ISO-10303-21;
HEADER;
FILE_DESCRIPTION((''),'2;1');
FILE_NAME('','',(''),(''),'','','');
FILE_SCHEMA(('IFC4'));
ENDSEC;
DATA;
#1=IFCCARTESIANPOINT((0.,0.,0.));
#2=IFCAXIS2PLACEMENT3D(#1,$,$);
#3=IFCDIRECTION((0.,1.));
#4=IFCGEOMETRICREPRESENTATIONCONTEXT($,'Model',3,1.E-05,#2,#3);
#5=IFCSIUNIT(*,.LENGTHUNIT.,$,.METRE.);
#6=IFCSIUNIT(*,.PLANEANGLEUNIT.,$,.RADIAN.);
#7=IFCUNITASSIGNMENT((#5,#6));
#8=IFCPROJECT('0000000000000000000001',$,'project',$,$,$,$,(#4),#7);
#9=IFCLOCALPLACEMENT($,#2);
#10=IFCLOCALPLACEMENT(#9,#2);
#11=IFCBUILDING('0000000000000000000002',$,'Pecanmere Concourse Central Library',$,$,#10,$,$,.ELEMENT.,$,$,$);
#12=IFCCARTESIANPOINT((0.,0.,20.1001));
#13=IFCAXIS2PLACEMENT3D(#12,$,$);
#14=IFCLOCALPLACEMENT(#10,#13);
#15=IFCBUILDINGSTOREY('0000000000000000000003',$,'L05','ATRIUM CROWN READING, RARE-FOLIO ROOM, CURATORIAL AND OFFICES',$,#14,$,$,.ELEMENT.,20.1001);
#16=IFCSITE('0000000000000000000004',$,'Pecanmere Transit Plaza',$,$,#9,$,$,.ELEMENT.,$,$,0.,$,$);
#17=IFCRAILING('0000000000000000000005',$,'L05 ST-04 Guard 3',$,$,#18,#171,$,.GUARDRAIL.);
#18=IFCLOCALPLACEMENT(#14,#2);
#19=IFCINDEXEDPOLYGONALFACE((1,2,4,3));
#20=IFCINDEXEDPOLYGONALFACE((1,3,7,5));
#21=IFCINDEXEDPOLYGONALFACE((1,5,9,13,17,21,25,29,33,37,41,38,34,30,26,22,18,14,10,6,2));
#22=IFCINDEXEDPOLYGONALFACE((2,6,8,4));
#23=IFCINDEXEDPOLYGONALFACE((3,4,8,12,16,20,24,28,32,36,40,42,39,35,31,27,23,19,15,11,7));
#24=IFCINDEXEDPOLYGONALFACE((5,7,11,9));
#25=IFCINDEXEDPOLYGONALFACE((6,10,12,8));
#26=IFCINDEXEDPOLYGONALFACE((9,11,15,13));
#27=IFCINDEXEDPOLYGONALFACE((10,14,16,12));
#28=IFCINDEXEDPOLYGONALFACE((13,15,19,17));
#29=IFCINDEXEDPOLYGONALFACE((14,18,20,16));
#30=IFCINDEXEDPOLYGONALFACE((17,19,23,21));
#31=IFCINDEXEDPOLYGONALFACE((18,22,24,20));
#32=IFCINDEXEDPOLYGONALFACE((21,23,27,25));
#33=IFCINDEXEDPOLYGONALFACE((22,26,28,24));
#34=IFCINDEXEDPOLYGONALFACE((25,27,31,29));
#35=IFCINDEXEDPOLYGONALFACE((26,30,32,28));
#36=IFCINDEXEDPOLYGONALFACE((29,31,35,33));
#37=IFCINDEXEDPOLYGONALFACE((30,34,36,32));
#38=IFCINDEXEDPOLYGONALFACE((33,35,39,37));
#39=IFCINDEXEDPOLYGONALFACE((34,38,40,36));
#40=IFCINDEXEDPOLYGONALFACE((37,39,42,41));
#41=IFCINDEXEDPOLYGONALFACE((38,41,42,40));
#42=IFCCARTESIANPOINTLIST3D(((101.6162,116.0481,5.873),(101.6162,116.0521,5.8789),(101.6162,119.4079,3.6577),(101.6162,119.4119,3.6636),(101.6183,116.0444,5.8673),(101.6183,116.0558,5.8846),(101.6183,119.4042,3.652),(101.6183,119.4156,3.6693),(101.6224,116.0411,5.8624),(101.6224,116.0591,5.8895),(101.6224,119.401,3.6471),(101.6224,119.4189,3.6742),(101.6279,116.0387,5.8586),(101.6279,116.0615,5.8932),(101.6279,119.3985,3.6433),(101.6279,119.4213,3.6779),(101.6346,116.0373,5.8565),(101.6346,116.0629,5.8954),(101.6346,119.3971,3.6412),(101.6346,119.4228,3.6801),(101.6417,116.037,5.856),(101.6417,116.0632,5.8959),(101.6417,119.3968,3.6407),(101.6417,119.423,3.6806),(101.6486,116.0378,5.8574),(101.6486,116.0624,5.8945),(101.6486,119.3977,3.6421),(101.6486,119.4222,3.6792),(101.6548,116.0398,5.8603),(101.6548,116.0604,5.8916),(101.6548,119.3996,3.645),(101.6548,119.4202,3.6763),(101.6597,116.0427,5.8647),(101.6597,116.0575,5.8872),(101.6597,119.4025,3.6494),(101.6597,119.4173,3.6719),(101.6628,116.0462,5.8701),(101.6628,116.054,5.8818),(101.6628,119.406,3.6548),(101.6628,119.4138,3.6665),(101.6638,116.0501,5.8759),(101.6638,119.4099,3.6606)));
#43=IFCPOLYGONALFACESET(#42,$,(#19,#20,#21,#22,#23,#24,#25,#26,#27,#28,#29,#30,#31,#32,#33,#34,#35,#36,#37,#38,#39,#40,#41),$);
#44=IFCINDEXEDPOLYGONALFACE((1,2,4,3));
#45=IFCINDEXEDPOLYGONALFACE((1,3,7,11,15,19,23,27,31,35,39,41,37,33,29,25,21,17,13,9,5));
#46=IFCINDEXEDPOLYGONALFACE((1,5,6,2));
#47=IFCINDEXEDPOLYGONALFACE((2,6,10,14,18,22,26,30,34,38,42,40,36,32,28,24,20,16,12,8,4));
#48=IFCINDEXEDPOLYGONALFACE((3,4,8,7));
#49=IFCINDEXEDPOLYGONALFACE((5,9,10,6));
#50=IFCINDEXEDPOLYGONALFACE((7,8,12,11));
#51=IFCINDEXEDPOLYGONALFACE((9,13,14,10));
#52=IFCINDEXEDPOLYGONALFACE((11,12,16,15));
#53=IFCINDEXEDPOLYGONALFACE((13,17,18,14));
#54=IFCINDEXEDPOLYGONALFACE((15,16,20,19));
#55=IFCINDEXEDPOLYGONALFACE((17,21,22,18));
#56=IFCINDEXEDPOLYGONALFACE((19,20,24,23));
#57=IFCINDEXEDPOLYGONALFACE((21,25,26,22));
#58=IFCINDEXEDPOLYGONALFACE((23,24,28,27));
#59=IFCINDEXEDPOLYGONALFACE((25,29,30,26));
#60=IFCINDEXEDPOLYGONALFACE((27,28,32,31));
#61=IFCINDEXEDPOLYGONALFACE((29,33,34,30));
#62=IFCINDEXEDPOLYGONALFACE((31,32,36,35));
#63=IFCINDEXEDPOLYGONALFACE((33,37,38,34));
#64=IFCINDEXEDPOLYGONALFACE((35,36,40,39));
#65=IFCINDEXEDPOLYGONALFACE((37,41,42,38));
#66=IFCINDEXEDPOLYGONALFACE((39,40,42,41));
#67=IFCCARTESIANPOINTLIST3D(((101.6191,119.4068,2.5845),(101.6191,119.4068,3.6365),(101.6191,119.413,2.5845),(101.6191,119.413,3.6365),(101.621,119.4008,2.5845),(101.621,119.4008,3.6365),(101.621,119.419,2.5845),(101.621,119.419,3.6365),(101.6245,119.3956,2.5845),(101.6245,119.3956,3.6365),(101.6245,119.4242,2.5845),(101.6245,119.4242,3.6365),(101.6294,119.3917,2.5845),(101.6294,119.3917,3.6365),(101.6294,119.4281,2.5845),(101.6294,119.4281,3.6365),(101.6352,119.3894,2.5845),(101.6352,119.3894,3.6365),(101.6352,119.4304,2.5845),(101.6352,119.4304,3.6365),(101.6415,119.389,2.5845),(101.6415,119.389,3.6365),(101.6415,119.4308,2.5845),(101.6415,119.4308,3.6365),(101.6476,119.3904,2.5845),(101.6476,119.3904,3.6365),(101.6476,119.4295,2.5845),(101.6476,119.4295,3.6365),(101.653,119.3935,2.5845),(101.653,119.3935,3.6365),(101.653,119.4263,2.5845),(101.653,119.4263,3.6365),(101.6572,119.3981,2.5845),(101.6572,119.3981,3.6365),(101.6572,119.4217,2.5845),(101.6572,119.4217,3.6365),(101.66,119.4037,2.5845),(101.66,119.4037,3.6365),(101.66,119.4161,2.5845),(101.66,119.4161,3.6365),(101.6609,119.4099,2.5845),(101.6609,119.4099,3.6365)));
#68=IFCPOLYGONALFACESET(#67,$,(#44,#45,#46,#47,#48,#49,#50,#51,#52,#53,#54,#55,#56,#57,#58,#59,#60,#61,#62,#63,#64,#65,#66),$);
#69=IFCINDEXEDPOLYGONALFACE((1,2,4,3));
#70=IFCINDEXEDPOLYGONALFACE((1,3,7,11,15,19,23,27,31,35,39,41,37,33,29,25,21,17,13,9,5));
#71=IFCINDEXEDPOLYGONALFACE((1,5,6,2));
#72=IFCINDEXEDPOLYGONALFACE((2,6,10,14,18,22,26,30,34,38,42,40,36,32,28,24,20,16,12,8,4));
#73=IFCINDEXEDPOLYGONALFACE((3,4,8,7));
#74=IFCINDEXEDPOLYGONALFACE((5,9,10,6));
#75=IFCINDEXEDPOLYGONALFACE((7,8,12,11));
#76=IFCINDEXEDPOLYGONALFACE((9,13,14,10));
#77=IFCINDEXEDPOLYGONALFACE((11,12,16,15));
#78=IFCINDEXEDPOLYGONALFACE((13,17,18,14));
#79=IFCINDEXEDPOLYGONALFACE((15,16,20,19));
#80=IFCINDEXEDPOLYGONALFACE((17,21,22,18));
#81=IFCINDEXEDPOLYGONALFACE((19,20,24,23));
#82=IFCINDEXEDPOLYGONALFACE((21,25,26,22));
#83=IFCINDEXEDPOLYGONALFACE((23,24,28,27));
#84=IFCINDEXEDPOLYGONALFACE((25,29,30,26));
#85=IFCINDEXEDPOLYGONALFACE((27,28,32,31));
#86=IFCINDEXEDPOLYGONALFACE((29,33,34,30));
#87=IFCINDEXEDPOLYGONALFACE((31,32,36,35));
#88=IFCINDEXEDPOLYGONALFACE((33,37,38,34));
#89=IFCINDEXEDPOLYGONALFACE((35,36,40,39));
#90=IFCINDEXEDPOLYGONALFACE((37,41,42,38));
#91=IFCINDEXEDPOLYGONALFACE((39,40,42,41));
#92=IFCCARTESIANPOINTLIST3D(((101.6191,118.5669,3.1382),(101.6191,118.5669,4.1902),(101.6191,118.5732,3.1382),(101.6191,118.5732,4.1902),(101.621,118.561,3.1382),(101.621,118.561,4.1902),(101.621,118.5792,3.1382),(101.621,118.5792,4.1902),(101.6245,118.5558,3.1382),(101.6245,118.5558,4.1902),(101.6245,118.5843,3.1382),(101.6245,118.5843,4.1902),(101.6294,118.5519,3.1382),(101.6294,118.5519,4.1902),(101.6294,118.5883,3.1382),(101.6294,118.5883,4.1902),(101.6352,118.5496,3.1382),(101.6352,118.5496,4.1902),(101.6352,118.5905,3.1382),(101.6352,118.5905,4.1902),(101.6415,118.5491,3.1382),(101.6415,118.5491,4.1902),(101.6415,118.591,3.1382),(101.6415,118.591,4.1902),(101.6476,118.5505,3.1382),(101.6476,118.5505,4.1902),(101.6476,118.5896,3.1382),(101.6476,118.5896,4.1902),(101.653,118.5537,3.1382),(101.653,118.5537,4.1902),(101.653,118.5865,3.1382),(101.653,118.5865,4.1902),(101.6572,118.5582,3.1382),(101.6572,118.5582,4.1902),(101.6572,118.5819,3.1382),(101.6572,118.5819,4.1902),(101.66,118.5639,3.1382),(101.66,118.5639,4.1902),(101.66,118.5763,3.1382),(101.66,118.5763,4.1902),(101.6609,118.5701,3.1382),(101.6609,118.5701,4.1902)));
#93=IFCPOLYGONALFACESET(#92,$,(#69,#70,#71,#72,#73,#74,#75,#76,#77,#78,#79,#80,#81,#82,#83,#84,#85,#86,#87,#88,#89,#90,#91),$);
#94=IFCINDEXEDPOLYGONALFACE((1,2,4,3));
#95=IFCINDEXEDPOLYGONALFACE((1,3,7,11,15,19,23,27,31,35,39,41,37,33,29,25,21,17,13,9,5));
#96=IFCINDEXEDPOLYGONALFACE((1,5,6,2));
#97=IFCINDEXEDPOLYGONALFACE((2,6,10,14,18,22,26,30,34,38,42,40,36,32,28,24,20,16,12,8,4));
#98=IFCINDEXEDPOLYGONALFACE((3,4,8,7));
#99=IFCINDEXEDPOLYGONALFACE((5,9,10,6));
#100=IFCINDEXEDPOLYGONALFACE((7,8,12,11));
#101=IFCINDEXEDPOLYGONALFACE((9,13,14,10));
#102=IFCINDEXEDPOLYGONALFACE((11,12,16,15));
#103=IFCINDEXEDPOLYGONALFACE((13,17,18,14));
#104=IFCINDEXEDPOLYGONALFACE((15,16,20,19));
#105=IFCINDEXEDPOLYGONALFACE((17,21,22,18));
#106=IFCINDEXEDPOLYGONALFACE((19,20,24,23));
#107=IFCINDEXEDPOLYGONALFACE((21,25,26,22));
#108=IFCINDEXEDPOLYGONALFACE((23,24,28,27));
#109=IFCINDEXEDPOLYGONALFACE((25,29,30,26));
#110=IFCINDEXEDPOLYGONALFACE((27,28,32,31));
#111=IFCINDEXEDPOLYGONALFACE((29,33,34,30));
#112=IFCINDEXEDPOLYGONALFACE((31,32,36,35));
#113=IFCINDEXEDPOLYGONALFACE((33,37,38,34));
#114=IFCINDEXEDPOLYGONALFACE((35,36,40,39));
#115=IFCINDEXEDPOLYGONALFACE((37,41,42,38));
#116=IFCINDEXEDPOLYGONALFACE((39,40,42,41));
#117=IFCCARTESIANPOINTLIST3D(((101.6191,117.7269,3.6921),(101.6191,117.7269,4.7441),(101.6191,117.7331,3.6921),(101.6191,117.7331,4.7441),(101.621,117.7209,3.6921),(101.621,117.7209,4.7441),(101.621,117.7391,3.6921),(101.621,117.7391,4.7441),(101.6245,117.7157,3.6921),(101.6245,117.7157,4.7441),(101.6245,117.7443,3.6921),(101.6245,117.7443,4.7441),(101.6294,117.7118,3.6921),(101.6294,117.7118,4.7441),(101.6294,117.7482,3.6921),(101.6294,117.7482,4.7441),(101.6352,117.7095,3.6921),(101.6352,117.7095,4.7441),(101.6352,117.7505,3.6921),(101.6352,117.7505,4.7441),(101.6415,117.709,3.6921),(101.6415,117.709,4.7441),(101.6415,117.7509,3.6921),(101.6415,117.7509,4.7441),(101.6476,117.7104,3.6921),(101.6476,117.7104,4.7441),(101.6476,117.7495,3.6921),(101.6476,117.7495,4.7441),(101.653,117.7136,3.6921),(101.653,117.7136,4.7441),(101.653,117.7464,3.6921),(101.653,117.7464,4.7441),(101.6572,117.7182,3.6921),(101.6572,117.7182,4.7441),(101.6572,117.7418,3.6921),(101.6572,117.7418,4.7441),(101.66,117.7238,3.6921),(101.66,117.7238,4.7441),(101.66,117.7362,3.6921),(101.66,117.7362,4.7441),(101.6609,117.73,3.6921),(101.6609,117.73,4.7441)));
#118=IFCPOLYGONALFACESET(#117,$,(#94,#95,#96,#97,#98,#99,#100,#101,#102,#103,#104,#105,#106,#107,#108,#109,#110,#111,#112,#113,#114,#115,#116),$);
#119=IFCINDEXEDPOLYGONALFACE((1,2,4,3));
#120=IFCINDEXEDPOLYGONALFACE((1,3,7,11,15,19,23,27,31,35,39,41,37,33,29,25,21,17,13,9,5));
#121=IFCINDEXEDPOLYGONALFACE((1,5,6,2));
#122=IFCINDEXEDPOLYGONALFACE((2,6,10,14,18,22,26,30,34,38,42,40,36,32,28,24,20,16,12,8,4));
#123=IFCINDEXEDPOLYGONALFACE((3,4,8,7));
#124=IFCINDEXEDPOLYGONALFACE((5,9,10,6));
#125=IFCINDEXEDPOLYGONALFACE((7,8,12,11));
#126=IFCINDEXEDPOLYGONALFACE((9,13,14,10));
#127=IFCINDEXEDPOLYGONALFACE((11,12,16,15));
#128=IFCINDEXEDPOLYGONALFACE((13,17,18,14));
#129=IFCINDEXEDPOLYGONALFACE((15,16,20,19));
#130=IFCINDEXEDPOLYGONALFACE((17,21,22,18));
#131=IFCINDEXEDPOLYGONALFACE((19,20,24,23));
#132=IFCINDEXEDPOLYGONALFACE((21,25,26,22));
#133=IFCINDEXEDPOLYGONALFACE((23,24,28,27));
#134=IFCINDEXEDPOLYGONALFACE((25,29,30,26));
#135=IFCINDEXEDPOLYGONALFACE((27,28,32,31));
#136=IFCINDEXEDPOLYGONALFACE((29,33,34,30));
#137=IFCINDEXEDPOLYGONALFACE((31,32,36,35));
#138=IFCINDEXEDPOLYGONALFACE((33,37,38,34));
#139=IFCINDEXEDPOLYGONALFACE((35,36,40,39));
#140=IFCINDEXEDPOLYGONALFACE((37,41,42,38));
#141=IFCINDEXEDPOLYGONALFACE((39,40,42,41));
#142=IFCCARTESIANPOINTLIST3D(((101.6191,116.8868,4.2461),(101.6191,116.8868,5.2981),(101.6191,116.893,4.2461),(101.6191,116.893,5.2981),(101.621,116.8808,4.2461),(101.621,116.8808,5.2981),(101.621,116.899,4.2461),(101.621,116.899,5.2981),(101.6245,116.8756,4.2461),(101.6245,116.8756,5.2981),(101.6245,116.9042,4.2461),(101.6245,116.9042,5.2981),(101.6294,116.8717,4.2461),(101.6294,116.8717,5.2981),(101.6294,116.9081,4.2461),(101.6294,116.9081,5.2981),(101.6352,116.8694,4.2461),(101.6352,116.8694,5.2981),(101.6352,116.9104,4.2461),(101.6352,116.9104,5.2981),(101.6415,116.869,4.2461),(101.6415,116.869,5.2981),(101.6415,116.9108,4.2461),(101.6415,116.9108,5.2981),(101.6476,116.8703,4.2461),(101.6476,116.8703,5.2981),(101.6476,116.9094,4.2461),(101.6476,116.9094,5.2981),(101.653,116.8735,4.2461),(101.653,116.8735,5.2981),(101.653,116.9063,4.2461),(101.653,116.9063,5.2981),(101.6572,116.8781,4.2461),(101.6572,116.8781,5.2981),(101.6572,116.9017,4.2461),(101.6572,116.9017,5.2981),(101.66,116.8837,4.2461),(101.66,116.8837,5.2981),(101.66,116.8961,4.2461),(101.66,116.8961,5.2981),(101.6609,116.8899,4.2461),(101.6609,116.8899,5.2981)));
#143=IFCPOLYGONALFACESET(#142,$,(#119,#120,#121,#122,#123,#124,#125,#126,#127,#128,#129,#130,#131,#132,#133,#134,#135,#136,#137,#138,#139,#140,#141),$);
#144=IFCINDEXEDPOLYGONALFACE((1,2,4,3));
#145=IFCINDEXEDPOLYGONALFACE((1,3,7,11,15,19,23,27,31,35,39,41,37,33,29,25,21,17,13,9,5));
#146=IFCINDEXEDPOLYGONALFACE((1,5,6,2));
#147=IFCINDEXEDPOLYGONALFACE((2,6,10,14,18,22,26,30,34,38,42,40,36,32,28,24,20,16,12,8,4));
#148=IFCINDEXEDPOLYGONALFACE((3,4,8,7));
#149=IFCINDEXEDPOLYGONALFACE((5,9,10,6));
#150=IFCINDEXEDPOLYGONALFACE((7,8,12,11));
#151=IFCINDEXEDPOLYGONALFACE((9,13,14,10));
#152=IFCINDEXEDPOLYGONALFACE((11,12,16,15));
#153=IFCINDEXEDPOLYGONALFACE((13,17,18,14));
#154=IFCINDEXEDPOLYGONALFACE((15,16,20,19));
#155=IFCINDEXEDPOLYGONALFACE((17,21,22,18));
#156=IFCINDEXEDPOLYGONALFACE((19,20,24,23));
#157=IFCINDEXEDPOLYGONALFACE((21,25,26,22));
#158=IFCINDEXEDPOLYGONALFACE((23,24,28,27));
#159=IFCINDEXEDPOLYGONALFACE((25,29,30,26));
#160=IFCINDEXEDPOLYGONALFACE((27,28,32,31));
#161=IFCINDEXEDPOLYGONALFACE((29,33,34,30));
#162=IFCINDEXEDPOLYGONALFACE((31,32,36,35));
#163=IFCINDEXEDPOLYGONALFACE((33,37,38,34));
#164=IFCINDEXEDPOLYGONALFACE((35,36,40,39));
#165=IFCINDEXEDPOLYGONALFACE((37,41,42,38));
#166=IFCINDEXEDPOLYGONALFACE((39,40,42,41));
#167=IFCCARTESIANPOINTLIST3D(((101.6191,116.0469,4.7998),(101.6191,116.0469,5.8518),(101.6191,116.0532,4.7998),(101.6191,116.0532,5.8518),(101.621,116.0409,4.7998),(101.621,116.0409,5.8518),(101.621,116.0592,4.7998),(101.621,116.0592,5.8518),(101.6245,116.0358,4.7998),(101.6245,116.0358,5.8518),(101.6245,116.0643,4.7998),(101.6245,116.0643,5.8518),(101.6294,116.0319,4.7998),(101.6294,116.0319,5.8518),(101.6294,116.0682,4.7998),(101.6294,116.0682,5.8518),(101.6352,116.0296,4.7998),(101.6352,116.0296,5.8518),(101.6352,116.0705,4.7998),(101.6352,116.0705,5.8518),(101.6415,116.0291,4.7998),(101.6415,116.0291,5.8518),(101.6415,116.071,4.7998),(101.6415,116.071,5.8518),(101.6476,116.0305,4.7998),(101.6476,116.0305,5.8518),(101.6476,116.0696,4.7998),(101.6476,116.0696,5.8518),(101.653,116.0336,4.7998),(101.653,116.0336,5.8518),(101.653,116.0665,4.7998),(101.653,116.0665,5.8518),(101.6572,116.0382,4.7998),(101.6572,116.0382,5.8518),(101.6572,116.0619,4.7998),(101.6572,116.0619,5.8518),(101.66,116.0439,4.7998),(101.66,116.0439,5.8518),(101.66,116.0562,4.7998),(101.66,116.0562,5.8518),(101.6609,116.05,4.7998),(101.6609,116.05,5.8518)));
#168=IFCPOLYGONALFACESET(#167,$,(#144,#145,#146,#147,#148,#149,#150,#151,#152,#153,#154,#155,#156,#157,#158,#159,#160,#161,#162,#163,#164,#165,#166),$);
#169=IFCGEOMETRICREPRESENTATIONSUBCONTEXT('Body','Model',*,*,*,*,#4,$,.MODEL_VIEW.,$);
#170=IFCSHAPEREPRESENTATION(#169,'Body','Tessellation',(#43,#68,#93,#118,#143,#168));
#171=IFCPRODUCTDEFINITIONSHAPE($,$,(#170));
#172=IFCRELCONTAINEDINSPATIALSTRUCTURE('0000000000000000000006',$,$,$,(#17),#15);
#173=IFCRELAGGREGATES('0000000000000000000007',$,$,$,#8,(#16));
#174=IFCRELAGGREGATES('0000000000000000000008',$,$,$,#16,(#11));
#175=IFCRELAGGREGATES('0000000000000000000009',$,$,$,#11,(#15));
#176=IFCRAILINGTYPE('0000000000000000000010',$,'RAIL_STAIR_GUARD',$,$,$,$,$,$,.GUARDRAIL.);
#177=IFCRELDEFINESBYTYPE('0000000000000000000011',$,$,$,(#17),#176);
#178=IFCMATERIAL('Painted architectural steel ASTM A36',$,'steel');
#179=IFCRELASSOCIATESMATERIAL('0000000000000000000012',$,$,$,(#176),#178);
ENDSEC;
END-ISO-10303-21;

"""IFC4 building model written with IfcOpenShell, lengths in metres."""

from ifc_helpers import new_model, si_unit, direction, frame, origin, origin_2d, place, context, subcontext, project, spatial, circle, extrude, material, type_object, element, save


model = new_model("IFC4")

# Units and contexts
model_context = context("Model", 3, precision=1e-05, world=origin(), true_north=direction((0.0, 1.0)))
body_context = subcontext(model_context, "Body", "Model", "MODEL_VIEW")
ifc_project = project(units=[si_unit("LENGTHUNIT", "METRE"), si_unit("PLANEANGLEUNIT", "RADIAN")], contexts=[model_context])

# Site, building, storey
site_placement = place(None, origin())
site = spatial("IfcSite", under=ifc_project, at=site_placement, Name="Pecanmere Transit Plaza", CompositionType="ELEMENT", RefElevation=0.0)
building_placement = place(site_placement, origin())
building = spatial("IfcBuilding", under=site, at=building_placement, Name="Pecanmere Concourse Central Library", CompositionType="ELEMENT")
storey_placement = place(building_placement, frame((0.0, 0.0, 20.1001)))
storey = spatial("IfcBuildingStorey", under=building, at=storey_placement, Name="L05", Description="ATRIUM CROWN READING, RARE-FOLIO ROOM, CURATORIAL AND OFFICES", CompositionType="ELEMENT", Elevation=20.1001)

# Railing
ifc_material_1 = material(Name="Painted architectural steel ASTM A36", Category="steel")
railing_type_1 = type_object("IfcRailingType", Name="RAIL_STAIR_GUARD", PredefinedType="GUARDRAIL", material=ifc_material_1)
railing_1_placement = place(storey_placement, frame((101.6399, 119.4099, 2.5845)))
element("IfcRailing", 1, at=railing_1_placement, inside=storey, type_object=railing_type_1, Name="L05 ST-04 Guard 3", PredefinedType="GUARDRAIL", context=body_context, shape_type="SweptSolid", body=[
    extrude(circle(Radius=0.0239, at=origin_2d()), frame((0.0, 0.0, 1.0762), z_axis=(0.0, -0.834858, 0.550465), x_axis=(1.0, 0.0, 0.0)), (0.0, 0.0, 1.0), 4.0244),
    extrude(circle(Radius=0.021, at=origin_2d()), origin(), (0.0, 0.0, 1.0), 1.052),
    extrude(circle(Radius=0.021, at=origin_2d()), frame((0.0, -0.8398, 0.5537)), (0.0, 0.0, 1.0), 1.052),
    extrude(circle(Radius=0.021, at=origin_2d()), frame((0.0, -1.6799, 1.1077)), (0.0, 0.0, 1.0), 1.052),
    extrude(circle(Radius=0.021, at=origin_2d()), frame((0.0, -2.52, 1.6616)), (0.0, 0.0, 1.0), 1.052),
    extrude(circle(Radius=0.021, at=origin_2d()), frame((0.0, -3.3599, 2.2153)), (0.0, 0.0, 1.0), 1.052),
])

save(model, "model.ifc")
